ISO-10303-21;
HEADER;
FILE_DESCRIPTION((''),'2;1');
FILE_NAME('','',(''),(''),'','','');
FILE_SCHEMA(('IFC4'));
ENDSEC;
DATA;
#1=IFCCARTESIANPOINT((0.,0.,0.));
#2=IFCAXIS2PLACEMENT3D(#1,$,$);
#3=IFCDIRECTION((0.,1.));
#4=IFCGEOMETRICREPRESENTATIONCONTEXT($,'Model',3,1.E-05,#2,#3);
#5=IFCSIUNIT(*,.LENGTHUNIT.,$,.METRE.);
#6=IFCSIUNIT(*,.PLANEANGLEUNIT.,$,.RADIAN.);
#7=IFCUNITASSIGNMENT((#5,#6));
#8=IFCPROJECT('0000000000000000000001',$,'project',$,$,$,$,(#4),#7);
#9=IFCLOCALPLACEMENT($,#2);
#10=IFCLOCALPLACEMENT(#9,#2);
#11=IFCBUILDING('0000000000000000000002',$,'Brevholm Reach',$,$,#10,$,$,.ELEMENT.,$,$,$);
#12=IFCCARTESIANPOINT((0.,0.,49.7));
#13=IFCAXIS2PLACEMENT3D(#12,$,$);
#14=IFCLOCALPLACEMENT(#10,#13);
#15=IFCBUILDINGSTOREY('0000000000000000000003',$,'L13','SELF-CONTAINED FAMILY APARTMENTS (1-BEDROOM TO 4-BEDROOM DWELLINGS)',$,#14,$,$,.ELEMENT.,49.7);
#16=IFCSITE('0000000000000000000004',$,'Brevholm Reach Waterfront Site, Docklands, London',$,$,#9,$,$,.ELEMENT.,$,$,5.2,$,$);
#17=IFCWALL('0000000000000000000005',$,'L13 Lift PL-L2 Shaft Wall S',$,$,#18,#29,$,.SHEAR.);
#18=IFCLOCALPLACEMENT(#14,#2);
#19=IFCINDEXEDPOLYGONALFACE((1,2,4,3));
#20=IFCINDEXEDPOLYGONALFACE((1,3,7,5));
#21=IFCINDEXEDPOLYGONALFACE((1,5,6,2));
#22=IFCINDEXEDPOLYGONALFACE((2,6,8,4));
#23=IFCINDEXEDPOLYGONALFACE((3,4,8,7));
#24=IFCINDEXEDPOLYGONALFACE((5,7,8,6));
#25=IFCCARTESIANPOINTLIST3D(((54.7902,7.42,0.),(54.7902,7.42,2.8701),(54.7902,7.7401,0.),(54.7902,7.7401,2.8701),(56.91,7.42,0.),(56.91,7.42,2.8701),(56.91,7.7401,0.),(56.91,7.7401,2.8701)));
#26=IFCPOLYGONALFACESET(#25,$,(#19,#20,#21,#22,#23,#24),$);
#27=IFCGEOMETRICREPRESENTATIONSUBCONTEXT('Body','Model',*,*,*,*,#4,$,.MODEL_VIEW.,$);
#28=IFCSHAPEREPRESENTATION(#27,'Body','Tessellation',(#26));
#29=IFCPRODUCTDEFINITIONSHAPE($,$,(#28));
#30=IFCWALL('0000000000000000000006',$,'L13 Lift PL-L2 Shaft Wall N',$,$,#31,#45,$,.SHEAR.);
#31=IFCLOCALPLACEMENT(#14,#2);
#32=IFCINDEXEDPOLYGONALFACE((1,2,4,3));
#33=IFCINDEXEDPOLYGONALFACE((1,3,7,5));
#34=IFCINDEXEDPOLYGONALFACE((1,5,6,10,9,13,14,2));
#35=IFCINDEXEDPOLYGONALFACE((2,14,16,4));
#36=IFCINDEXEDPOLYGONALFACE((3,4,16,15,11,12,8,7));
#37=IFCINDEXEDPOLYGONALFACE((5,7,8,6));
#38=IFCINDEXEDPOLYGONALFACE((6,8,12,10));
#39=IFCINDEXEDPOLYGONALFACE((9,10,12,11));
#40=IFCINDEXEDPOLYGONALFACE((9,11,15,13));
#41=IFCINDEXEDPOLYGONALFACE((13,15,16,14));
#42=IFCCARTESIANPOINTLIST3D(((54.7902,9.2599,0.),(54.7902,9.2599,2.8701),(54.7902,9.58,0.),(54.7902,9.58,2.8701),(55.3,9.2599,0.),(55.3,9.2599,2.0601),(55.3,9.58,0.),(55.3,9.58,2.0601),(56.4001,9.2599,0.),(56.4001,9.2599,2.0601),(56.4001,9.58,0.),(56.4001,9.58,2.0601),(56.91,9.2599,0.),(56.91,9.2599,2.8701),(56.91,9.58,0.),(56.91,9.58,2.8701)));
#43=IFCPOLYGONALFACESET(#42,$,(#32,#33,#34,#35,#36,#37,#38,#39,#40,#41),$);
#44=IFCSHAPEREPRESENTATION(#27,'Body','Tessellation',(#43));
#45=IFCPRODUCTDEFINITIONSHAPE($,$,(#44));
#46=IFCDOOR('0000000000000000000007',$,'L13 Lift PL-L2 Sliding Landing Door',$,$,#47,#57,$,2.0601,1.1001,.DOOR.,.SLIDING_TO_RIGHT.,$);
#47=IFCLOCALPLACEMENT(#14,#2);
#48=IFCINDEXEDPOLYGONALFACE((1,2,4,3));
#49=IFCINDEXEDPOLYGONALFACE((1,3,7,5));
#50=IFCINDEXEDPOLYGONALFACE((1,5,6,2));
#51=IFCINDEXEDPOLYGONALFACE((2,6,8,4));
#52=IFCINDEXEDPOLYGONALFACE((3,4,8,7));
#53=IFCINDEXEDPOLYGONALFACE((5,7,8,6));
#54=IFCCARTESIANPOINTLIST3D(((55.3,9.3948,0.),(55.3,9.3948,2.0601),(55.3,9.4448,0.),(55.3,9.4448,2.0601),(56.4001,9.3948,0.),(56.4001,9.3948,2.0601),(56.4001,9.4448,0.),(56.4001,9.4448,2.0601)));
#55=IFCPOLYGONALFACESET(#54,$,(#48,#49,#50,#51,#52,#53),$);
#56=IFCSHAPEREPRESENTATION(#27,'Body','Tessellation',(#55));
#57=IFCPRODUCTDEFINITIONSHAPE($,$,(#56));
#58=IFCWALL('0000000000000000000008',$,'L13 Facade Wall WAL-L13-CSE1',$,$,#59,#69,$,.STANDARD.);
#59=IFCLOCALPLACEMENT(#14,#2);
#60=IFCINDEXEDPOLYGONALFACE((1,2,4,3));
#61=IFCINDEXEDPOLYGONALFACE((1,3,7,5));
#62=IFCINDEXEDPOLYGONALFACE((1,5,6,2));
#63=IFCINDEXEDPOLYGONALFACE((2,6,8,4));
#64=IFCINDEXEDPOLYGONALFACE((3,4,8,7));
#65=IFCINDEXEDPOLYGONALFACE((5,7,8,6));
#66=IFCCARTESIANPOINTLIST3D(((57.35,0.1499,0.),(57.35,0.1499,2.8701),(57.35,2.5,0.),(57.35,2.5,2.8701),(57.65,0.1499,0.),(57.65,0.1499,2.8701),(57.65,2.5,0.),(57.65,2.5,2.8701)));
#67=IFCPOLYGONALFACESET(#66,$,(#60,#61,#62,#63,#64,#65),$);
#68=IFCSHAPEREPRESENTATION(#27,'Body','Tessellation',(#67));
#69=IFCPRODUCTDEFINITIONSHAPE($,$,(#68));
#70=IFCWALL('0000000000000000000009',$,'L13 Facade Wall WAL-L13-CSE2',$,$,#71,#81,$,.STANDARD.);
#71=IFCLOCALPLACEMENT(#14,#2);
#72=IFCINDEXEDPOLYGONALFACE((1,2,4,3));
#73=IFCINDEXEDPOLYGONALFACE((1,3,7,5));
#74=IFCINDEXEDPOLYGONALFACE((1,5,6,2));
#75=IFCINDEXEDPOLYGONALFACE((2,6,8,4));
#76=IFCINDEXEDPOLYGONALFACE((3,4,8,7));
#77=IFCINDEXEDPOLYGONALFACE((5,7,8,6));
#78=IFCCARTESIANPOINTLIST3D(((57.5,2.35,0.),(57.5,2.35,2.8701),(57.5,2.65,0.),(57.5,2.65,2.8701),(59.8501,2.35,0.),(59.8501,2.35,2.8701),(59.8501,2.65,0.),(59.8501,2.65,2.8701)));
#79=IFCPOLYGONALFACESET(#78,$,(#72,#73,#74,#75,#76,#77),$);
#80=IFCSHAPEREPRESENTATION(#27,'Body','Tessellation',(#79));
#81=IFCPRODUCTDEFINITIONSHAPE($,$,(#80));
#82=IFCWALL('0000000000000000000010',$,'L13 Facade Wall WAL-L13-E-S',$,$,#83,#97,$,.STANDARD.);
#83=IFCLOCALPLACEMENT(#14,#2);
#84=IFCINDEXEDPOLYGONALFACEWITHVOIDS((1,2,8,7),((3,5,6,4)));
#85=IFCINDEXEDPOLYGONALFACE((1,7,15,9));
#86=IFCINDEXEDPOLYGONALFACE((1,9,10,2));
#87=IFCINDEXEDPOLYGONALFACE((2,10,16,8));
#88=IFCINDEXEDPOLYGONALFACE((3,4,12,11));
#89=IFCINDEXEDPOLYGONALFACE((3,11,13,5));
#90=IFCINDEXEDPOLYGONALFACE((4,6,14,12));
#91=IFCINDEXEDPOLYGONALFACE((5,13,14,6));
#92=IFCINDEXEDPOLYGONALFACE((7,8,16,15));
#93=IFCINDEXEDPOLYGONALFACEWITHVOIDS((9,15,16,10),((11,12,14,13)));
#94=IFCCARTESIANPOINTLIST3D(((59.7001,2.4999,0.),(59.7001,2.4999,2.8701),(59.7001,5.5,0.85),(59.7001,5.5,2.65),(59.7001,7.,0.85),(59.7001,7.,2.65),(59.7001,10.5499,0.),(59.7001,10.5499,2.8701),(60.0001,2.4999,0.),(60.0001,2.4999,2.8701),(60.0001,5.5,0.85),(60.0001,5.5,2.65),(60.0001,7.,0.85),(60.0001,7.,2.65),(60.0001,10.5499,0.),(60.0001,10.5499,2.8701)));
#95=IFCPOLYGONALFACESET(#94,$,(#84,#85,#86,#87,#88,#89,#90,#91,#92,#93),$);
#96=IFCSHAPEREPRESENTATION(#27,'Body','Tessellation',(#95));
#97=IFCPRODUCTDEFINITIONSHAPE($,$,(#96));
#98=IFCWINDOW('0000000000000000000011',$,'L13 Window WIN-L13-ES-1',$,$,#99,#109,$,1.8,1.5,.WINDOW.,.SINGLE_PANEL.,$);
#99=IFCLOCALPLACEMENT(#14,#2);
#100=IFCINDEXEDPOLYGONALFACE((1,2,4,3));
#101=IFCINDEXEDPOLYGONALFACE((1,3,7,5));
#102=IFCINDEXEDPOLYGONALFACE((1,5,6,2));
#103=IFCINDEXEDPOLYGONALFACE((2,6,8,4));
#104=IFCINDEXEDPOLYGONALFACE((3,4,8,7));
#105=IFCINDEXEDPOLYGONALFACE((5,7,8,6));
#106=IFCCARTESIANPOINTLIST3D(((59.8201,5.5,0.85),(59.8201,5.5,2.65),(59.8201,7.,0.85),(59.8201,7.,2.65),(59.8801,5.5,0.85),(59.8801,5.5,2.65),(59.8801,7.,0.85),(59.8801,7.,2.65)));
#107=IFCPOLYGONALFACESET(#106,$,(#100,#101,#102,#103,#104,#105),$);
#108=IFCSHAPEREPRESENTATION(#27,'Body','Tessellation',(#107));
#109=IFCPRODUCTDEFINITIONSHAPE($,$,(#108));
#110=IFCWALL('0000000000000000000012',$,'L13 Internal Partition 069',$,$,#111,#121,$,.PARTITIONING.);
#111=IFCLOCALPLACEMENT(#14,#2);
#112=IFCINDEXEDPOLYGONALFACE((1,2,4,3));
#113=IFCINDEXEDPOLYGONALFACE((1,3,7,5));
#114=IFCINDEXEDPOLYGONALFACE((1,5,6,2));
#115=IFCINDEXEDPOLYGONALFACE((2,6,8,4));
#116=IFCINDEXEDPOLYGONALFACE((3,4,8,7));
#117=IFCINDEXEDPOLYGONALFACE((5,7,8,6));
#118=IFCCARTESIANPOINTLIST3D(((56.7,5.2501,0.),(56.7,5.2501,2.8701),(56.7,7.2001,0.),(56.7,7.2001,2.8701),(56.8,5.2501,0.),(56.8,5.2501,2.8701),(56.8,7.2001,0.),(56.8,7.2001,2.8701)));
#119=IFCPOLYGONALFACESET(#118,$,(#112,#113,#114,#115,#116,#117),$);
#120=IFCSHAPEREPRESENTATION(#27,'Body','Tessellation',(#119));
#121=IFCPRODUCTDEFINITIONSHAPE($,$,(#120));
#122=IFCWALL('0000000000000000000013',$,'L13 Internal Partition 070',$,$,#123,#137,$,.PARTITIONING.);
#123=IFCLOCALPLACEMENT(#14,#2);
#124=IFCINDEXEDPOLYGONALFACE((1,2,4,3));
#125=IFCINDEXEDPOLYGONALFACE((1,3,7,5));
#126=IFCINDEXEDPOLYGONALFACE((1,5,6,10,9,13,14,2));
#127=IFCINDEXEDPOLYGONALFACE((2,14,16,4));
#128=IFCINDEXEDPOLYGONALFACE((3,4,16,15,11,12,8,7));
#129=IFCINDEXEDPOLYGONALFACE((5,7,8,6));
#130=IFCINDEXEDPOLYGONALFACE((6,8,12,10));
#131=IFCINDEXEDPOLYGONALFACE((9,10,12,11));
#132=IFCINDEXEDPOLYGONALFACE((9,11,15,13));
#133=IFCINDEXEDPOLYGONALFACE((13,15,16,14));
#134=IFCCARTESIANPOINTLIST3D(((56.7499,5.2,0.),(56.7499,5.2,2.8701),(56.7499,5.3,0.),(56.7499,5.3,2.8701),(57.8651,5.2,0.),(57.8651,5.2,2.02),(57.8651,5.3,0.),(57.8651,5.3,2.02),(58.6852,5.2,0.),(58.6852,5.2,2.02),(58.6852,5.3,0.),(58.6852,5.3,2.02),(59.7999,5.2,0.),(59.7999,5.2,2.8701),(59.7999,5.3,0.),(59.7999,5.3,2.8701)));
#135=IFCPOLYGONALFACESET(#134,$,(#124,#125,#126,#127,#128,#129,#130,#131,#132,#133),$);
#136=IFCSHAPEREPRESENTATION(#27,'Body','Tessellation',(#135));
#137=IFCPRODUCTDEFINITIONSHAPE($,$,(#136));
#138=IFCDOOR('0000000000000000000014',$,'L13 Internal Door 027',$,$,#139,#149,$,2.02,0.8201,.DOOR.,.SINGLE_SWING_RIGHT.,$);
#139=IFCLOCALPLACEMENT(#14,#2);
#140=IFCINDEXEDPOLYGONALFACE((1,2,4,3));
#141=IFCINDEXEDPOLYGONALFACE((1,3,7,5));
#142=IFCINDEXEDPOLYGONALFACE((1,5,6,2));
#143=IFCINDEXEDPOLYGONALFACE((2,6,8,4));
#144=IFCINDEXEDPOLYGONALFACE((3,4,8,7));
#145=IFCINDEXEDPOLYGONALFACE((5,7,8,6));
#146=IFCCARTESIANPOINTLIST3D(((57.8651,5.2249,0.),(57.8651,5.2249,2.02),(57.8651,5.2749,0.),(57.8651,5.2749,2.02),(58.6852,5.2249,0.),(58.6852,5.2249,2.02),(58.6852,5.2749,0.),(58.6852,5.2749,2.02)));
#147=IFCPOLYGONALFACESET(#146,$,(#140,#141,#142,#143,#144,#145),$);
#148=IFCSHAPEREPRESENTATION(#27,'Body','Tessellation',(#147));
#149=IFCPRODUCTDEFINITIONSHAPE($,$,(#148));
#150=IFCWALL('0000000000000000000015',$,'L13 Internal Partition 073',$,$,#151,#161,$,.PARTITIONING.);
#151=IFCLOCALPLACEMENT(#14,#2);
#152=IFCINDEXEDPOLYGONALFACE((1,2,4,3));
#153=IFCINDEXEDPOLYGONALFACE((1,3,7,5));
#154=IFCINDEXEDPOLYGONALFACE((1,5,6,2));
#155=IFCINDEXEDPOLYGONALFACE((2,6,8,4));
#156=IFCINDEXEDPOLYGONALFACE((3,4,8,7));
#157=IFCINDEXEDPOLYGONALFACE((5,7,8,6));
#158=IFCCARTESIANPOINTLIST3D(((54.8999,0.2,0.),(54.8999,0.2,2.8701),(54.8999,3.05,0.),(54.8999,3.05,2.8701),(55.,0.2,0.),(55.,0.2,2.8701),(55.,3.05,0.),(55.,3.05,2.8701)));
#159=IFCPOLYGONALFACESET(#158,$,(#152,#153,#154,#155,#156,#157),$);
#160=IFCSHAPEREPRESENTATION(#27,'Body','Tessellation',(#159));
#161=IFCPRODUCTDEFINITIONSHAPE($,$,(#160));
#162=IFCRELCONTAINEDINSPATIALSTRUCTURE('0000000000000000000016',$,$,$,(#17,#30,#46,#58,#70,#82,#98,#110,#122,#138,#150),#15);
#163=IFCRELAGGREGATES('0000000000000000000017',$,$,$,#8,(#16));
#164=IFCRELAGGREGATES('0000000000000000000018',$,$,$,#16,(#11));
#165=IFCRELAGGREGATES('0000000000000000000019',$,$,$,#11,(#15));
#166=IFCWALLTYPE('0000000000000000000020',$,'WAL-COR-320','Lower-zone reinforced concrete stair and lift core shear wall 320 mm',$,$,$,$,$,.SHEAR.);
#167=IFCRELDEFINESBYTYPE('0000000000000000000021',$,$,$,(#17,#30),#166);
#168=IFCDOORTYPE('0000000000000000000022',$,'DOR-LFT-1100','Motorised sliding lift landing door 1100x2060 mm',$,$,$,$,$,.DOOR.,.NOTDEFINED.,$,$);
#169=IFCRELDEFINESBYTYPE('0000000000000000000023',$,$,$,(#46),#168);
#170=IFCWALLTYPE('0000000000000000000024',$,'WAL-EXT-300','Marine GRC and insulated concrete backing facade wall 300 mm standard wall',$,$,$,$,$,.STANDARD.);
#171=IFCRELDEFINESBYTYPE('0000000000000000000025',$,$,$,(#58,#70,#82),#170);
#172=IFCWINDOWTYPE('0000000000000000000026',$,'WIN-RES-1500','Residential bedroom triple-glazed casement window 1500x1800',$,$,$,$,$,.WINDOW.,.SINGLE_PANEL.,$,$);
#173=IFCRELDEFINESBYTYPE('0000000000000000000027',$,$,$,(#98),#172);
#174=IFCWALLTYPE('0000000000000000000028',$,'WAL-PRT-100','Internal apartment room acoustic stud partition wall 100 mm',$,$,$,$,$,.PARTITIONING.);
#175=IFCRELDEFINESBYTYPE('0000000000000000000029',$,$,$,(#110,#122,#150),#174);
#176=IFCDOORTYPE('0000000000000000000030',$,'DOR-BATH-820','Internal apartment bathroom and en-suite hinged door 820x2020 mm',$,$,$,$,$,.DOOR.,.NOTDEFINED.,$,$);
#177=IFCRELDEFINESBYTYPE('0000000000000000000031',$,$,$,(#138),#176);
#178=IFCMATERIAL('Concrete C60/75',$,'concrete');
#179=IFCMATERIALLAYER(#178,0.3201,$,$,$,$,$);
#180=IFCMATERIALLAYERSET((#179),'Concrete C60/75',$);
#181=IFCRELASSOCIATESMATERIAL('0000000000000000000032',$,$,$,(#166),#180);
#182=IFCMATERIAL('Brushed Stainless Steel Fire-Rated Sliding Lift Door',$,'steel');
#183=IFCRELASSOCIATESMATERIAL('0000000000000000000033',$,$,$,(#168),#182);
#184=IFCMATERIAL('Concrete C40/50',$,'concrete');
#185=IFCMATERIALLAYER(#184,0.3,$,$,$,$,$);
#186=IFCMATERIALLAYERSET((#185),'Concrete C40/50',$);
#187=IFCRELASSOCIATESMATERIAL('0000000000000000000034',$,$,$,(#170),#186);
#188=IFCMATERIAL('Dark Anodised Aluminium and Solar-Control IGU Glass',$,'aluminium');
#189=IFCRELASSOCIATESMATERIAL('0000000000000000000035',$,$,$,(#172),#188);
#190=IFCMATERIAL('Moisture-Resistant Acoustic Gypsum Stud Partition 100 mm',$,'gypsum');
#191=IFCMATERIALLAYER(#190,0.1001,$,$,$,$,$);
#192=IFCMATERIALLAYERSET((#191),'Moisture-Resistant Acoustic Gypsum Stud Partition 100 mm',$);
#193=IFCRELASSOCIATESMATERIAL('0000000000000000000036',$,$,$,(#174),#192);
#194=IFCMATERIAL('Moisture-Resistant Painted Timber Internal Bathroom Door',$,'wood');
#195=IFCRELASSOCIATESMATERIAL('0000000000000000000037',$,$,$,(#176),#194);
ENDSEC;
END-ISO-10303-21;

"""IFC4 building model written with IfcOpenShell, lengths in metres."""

from ifc_helpers import new_model, si_unit, direction, frame, frame_2d, origin, place, context, subcontext, project, spatial, rectangle, extrude, material, layer, layer_set, type_object, element, fill, save


model = new_model("IFC4")

# Units and contexts
model_context = context("Model", 3, precision=1e-05, world=origin(), true_north=direction((0.0, 1.0)))
body_context = subcontext(model_context, "Body", "Model", "MODEL_VIEW")
ifc_project = project(units=[si_unit("LENGTHUNIT", "METRE"), si_unit("PLANEANGLEUNIT", "RADIAN")], contexts=[model_context])

# Site, building, storey
site_placement = place(None, origin())
site = spatial("IfcSite", under=ifc_project, at=site_placement, Name="Brevholm Reach Waterfront Site, Docklands, London", CompositionType="ELEMENT", RefElevation=5.2)
building_placement = place(site_placement, origin())
building = spatial("IfcBuilding", under=site, at=building_placement, Name="Brevholm Reach", CompositionType="ELEMENT")
storey_placement = place(building_placement, frame((0.0, 0.0, 49.7)))
storey = spatial("IfcBuildingStorey", under=building, at=storey_placement, Name="L13", Description="SELF-CONTAINED FAMILY APARTMENTS (1-BEDROOM TO 4-BEDROOM DWELLINGS)", CompositionType="ELEMENT", Elevation=49.7)

# Wall
ifc_material_1 = material(Name="Concrete C60/75", Category="concrete")
ifc_layer_1 = layer(ifc_material_1, 0.3201)
ifc_layer_set_1 = layer_set([ifc_layer_1], Name="Concrete C60/75")
wall_type_1 = type_object("IfcWallType", Name="WAL-COR-320", Description="Lower-zone reinforced concrete stair and lift core shear wall 320 mm", PredefinedType="SHEAR", material=ifc_layer_set_1)
wall_1_placement = place(storey_placement, frame((54.79, 7.5801, 0.0), z_axis=(0.0, 0.0, 1.0), x_axis=(1.0, 0.0, 0.0)))
element("IfcWall", 1, at=wall_1_placement, inside=storey, type_object=wall_type_1, Name="L13 Lift PL-L2 Shaft Wall S", PredefinedType="SHEAR", context=body_context, shape_type="SweptSolid", body=[
    extrude(rectangle(XDim=2.1199, YDim=0.3201, at=frame_2d((1.0601, 0.0))), origin(), (0.0, 0.0, 1.0), 2.8701),
])

# Wall, opening, door
wall_2_placement = place(storey_placement, frame((54.79, 9.4199, 0.0), z_axis=(0.0, 0.0, 1.0), x_axis=(1.0, 0.0, 0.0)))
wall_2 = element("IfcWall", 2, at=wall_2_placement, inside=storey, type_object=wall_type_1, Name="L13 Lift PL-L2 Shaft Wall N", PredefinedType="SHEAR", context=body_context, shape_type="SweptSolid", body=[
    extrude(rectangle(XDim=2.1199, YDim=0.3201, at=frame_2d((1.0601, 0.0))), origin(), (0.0, 0.0, 1.0), 2.8701),
])
opening_1_placement = place(wall_2_placement, frame((0.51, 0.0, 0.0)))
opening_1 = element("IfcOpeningElement", 3, at=opening_1_placement, cuts=wall_2, PredefinedType="OPENING", context=body_context, shape_type="SweptSolid", body=[
    extrude(rectangle(XDim=1.1001, YDim=2.0601, at=frame_2d((0.55, 1.03))), frame((0.0, 0.1699, 0.0), z_axis=(0.0, -1.0, 0.0), x_axis=(1.0, 0.0, 0.0)), (0.0, 0.0, 1.0), 0.3401),
])
ifc_material_2 = material(Name="Brushed Stainless Steel Fire-Rated Sliding Lift Door", Category="steel")
door_type_1 = type_object("IfcDoorType", Name="DOR-LFT-1100", Description="Motorised sliding lift landing door 1100x2060 mm", OperationType="NOTDEFINED", PredefinedType="DOOR", material=ifc_material_2)
door_1_placement = place(opening_1_placement, origin())
door_1 = element("IfcDoor", 4, at=door_1_placement, inside=storey, type_object=door_type_1, Name="L13 Lift PL-L2 Sliding Landing Door", OperationType="SLIDING_TO_RIGHT", OverallHeight=2.0601, OverallWidth=1.1001, PredefinedType="DOOR", context=body_context, shape_type="SweptSolid", body=[
    extrude(rectangle(XDim=1.1001, YDim=2.0601, at=frame_2d((0.55, 1.03))), frame((0.0, 0.0249, 0.0), z_axis=(0.0, -1.0, 0.0), x_axis=(1.0, 0.0, 0.0)), (0.0, 0.0, 1.0), 0.05),
])
fill(opening_1, door_1)

# Walls
ifc_material_3 = material(Name="Concrete C40/50", Category="concrete")
ifc_layer_2 = layer(ifc_material_3, 0.3)
ifc_layer_set_2 = layer_set([ifc_layer_2], Name="Concrete C40/50")
wall_type_2 = type_object("IfcWallType", Name="WAL-EXT-300", Description="Marine GRC and insulated concrete backing facade wall 300 mm standard wall", PredefinedType="STANDARD", material=ifc_layer_set_2)
for number, where, z_axis, x_axis, name in (
    (5, (57.5, 0.1499, 0.0), (0.0, 0.0, 1.0), (0.0, 1.0, 0.0), "L13 Facade Wall WAL-L13-CSE1"),
    (6, (57.5, 2.5, 0.0), (0.0, 0.0, 1.0), (1.0, 0.0, 0.0), "L13 Facade Wall WAL-L13-CSE2"),
):
    element("IfcWall", number, at=place(storey_placement, frame(where, z_axis=z_axis, x_axis=x_axis)), inside=storey, type_object=wall_type_2, Name=name, PredefinedType="STANDARD", context=body_context, shape_type="SweptSolid", body=[
        extrude(rectangle(XDim=2.3501, YDim=0.3, at=frame_2d((1.175, 0.0))), origin(), (0.0, 0.0, 1.0), 2.8701),
    ])

# Wall, opening, window
wall_3_placement = place(storey_placement, frame((59.8501, 2.5, 0.0), z_axis=(0.0, 0.0, 1.0), x_axis=(0.0, 1.0, 0.0)))
wall_3 = element("IfcWall", 7, at=wall_3_placement, inside=storey, type_object=wall_type_2, Name="L13 Facade Wall WAL-L13-E-S", PredefinedType="STANDARD", context=body_context, shape_type="SweptSolid", body=[
    extrude(rectangle(XDim=8.05, YDim=0.3, at=frame_2d((4.0249, 0.0))), origin(), (0.0, 0.0, 1.0), 2.8701),
])
opening_2_placement = place(wall_3_placement, frame((3.0, 0.0, 0.8501)))
opening_2 = element("IfcOpeningElement", 8, at=opening_2_placement, cuts=wall_3, PredefinedType="OPENING", context=body_context, shape_type="SweptSolid", body=[
    extrude(rectangle(XDim=1.5, YDim=1.8, at=frame_2d((0.75, 0.8999))), frame((0.0, 0.1599, 0.0), z_axis=(0.0, -1.0, 0.0), x_axis=(1.0, 0.0, 0.0)), (0.0, 0.0, 1.0), 0.3201),
])
ifc_material_4 = material(Name="Dark Anodised Aluminium and Solar-Control IGU Glass", Category="aluminium")
window_type = type_object("IfcWindowType", Name="WIN-RES-1500", Description="Residential bedroom triple-glazed casement window 1500x1800", PartitioningType="SINGLE_PANEL", PredefinedType="WINDOW", material=ifc_material_4)
window_placement = place(opening_2_placement, origin())
window = element("IfcWindow", 9, at=window_placement, inside=storey, type_object=window_type, Name="L13 Window WIN-L13-ES-1", OverallHeight=1.8, OverallWidth=1.5, PartitioningType="SINGLE_PANEL", PredefinedType="WINDOW", context=body_context, shape_type="SweptSolid", body=[
    extrude(rectangle(XDim=1.5, YDim=1.8, at=frame_2d((0.75, 0.8999))), frame((0.0, 0.03, 0.0), z_axis=(0.0, -1.0, 0.0), x_axis=(1.0, 0.0, 0.0)), (0.0, 0.0, 1.0), 0.0601),
])
fill(opening_2, window)

# Wall
ifc_material_5 = material(Name="Moisture-Resistant Acoustic Gypsum Stud Partition 100 mm", Category="gypsum")
ifc_layer_3 = layer(ifc_material_5, 0.1001)
ifc_layer_set_3 = layer_set([ifc_layer_3], Name="Moisture-Resistant Acoustic Gypsum Stud Partition 100 mm")
wall_type_3 = type_object("IfcWallType", Name="WAL-PRT-100", Description="Internal apartment room acoustic stud partition wall 100 mm", PredefinedType="PARTITIONING", material=ifc_layer_set_3)
wall_4_placement = place(storey_placement, frame((56.75, 5.25, 0.0), z_axis=(0.0, 0.0, 1.0), x_axis=(0.0, 1.0, 0.0)))
element("IfcWall", 10, at=wall_4_placement, inside=storey, type_object=wall_type_3, Name="L13 Internal Partition 069", PredefinedType="PARTITIONING", context=body_context, shape_type="SweptSolid", body=[
    extrude(rectangle(XDim=1.95, YDim=0.1001, at=frame_2d((0.9751, 0.0))), origin(), (0.0, 0.0, 1.0), 2.8701),
])

# Wall, opening, door
wall_5_placement = place(storey_placement, frame((56.75, 5.25, 0.0), z_axis=(0.0, 0.0, 1.0), x_axis=(1.0, 0.0, 0.0)))
wall_5 = element("IfcWall", 11, at=wall_5_placement, inside=storey, type_object=wall_type_3, Name="L13 Internal Partition 070", PredefinedType="PARTITIONING", context=body_context, shape_type="SweptSolid", body=[
    extrude(rectangle(XDim=3.05, YDim=0.1001, at=frame_2d((1.5249, 0.0))), origin(), (0.0, 0.0, 1.0), 2.8701),
])
opening_3_placement = place(wall_5_placement, frame((1.115, 0.0, 0.0)))
opening_3 = element("IfcOpeningElement", 12, at=opening_3_placement, cuts=wall_5, PredefinedType="OPENING", context=body_context, shape_type="SweptSolid", body=[
    extrude(rectangle(XDim=0.8201, YDim=2.02, at=frame_2d((0.4102, 1.01))), frame((0.0, 0.0601, 0.0), z_axis=(0.0, -1.0, 0.0), x_axis=(1.0, 0.0, 0.0)), (0.0, 0.0, 1.0), 0.1201),
])
ifc_material_6 = material(Name="Moisture-Resistant Painted Timber Internal Bathroom Door", Category="wood")
door_type_2 = type_object("IfcDoorType", Name="DOR-BATH-820", Description="Internal apartment bathroom and en-suite hinged door 820x2020 mm", OperationType="NOTDEFINED", PredefinedType="DOOR", material=ifc_material_6)
door_2_placement = place(opening_3_placement, origin())
door_2 = element("IfcDoor", 13, at=door_2_placement, inside=storey, type_object=door_type_2, Name="L13 Internal Door 027", OperationType="SINGLE_SWING_RIGHT", OverallHeight=2.02, OverallWidth=0.8201, PredefinedType="DOOR", context=body_context, shape_type="SweptSolid", body=[
    extrude(rectangle(XDim=0.8201, YDim=2.02, at=frame_2d((0.4102, 1.01))), frame((0.0, 0.0249, 0.0), z_axis=(0.0, -1.0, 0.0), x_axis=(1.0, 0.0, 0.0)), (0.0, 0.0, 1.0), 0.05),
])
fill(opening_3, door_2)

# Wall
wall_6_placement = place(storey_placement, frame((54.95, 0.2, 0.0), z_axis=(0.0, 0.0, 1.0), x_axis=(0.0, 1.0, 0.0)))
element("IfcWall", 14, at=wall_6_placement, inside=storey, type_object=wall_type_3, Name="L13 Internal Partition 073", PredefinedType="PARTITIONING", context=body_context, shape_type="SweptSolid", body=[
    extrude(rectangle(XDim=2.8501, YDim=0.1001, at=frame_2d((1.425, 0.0))), origin(), (0.0, 0.0, 1.0), 2.8701),
])

save(model, "model.ifc")
